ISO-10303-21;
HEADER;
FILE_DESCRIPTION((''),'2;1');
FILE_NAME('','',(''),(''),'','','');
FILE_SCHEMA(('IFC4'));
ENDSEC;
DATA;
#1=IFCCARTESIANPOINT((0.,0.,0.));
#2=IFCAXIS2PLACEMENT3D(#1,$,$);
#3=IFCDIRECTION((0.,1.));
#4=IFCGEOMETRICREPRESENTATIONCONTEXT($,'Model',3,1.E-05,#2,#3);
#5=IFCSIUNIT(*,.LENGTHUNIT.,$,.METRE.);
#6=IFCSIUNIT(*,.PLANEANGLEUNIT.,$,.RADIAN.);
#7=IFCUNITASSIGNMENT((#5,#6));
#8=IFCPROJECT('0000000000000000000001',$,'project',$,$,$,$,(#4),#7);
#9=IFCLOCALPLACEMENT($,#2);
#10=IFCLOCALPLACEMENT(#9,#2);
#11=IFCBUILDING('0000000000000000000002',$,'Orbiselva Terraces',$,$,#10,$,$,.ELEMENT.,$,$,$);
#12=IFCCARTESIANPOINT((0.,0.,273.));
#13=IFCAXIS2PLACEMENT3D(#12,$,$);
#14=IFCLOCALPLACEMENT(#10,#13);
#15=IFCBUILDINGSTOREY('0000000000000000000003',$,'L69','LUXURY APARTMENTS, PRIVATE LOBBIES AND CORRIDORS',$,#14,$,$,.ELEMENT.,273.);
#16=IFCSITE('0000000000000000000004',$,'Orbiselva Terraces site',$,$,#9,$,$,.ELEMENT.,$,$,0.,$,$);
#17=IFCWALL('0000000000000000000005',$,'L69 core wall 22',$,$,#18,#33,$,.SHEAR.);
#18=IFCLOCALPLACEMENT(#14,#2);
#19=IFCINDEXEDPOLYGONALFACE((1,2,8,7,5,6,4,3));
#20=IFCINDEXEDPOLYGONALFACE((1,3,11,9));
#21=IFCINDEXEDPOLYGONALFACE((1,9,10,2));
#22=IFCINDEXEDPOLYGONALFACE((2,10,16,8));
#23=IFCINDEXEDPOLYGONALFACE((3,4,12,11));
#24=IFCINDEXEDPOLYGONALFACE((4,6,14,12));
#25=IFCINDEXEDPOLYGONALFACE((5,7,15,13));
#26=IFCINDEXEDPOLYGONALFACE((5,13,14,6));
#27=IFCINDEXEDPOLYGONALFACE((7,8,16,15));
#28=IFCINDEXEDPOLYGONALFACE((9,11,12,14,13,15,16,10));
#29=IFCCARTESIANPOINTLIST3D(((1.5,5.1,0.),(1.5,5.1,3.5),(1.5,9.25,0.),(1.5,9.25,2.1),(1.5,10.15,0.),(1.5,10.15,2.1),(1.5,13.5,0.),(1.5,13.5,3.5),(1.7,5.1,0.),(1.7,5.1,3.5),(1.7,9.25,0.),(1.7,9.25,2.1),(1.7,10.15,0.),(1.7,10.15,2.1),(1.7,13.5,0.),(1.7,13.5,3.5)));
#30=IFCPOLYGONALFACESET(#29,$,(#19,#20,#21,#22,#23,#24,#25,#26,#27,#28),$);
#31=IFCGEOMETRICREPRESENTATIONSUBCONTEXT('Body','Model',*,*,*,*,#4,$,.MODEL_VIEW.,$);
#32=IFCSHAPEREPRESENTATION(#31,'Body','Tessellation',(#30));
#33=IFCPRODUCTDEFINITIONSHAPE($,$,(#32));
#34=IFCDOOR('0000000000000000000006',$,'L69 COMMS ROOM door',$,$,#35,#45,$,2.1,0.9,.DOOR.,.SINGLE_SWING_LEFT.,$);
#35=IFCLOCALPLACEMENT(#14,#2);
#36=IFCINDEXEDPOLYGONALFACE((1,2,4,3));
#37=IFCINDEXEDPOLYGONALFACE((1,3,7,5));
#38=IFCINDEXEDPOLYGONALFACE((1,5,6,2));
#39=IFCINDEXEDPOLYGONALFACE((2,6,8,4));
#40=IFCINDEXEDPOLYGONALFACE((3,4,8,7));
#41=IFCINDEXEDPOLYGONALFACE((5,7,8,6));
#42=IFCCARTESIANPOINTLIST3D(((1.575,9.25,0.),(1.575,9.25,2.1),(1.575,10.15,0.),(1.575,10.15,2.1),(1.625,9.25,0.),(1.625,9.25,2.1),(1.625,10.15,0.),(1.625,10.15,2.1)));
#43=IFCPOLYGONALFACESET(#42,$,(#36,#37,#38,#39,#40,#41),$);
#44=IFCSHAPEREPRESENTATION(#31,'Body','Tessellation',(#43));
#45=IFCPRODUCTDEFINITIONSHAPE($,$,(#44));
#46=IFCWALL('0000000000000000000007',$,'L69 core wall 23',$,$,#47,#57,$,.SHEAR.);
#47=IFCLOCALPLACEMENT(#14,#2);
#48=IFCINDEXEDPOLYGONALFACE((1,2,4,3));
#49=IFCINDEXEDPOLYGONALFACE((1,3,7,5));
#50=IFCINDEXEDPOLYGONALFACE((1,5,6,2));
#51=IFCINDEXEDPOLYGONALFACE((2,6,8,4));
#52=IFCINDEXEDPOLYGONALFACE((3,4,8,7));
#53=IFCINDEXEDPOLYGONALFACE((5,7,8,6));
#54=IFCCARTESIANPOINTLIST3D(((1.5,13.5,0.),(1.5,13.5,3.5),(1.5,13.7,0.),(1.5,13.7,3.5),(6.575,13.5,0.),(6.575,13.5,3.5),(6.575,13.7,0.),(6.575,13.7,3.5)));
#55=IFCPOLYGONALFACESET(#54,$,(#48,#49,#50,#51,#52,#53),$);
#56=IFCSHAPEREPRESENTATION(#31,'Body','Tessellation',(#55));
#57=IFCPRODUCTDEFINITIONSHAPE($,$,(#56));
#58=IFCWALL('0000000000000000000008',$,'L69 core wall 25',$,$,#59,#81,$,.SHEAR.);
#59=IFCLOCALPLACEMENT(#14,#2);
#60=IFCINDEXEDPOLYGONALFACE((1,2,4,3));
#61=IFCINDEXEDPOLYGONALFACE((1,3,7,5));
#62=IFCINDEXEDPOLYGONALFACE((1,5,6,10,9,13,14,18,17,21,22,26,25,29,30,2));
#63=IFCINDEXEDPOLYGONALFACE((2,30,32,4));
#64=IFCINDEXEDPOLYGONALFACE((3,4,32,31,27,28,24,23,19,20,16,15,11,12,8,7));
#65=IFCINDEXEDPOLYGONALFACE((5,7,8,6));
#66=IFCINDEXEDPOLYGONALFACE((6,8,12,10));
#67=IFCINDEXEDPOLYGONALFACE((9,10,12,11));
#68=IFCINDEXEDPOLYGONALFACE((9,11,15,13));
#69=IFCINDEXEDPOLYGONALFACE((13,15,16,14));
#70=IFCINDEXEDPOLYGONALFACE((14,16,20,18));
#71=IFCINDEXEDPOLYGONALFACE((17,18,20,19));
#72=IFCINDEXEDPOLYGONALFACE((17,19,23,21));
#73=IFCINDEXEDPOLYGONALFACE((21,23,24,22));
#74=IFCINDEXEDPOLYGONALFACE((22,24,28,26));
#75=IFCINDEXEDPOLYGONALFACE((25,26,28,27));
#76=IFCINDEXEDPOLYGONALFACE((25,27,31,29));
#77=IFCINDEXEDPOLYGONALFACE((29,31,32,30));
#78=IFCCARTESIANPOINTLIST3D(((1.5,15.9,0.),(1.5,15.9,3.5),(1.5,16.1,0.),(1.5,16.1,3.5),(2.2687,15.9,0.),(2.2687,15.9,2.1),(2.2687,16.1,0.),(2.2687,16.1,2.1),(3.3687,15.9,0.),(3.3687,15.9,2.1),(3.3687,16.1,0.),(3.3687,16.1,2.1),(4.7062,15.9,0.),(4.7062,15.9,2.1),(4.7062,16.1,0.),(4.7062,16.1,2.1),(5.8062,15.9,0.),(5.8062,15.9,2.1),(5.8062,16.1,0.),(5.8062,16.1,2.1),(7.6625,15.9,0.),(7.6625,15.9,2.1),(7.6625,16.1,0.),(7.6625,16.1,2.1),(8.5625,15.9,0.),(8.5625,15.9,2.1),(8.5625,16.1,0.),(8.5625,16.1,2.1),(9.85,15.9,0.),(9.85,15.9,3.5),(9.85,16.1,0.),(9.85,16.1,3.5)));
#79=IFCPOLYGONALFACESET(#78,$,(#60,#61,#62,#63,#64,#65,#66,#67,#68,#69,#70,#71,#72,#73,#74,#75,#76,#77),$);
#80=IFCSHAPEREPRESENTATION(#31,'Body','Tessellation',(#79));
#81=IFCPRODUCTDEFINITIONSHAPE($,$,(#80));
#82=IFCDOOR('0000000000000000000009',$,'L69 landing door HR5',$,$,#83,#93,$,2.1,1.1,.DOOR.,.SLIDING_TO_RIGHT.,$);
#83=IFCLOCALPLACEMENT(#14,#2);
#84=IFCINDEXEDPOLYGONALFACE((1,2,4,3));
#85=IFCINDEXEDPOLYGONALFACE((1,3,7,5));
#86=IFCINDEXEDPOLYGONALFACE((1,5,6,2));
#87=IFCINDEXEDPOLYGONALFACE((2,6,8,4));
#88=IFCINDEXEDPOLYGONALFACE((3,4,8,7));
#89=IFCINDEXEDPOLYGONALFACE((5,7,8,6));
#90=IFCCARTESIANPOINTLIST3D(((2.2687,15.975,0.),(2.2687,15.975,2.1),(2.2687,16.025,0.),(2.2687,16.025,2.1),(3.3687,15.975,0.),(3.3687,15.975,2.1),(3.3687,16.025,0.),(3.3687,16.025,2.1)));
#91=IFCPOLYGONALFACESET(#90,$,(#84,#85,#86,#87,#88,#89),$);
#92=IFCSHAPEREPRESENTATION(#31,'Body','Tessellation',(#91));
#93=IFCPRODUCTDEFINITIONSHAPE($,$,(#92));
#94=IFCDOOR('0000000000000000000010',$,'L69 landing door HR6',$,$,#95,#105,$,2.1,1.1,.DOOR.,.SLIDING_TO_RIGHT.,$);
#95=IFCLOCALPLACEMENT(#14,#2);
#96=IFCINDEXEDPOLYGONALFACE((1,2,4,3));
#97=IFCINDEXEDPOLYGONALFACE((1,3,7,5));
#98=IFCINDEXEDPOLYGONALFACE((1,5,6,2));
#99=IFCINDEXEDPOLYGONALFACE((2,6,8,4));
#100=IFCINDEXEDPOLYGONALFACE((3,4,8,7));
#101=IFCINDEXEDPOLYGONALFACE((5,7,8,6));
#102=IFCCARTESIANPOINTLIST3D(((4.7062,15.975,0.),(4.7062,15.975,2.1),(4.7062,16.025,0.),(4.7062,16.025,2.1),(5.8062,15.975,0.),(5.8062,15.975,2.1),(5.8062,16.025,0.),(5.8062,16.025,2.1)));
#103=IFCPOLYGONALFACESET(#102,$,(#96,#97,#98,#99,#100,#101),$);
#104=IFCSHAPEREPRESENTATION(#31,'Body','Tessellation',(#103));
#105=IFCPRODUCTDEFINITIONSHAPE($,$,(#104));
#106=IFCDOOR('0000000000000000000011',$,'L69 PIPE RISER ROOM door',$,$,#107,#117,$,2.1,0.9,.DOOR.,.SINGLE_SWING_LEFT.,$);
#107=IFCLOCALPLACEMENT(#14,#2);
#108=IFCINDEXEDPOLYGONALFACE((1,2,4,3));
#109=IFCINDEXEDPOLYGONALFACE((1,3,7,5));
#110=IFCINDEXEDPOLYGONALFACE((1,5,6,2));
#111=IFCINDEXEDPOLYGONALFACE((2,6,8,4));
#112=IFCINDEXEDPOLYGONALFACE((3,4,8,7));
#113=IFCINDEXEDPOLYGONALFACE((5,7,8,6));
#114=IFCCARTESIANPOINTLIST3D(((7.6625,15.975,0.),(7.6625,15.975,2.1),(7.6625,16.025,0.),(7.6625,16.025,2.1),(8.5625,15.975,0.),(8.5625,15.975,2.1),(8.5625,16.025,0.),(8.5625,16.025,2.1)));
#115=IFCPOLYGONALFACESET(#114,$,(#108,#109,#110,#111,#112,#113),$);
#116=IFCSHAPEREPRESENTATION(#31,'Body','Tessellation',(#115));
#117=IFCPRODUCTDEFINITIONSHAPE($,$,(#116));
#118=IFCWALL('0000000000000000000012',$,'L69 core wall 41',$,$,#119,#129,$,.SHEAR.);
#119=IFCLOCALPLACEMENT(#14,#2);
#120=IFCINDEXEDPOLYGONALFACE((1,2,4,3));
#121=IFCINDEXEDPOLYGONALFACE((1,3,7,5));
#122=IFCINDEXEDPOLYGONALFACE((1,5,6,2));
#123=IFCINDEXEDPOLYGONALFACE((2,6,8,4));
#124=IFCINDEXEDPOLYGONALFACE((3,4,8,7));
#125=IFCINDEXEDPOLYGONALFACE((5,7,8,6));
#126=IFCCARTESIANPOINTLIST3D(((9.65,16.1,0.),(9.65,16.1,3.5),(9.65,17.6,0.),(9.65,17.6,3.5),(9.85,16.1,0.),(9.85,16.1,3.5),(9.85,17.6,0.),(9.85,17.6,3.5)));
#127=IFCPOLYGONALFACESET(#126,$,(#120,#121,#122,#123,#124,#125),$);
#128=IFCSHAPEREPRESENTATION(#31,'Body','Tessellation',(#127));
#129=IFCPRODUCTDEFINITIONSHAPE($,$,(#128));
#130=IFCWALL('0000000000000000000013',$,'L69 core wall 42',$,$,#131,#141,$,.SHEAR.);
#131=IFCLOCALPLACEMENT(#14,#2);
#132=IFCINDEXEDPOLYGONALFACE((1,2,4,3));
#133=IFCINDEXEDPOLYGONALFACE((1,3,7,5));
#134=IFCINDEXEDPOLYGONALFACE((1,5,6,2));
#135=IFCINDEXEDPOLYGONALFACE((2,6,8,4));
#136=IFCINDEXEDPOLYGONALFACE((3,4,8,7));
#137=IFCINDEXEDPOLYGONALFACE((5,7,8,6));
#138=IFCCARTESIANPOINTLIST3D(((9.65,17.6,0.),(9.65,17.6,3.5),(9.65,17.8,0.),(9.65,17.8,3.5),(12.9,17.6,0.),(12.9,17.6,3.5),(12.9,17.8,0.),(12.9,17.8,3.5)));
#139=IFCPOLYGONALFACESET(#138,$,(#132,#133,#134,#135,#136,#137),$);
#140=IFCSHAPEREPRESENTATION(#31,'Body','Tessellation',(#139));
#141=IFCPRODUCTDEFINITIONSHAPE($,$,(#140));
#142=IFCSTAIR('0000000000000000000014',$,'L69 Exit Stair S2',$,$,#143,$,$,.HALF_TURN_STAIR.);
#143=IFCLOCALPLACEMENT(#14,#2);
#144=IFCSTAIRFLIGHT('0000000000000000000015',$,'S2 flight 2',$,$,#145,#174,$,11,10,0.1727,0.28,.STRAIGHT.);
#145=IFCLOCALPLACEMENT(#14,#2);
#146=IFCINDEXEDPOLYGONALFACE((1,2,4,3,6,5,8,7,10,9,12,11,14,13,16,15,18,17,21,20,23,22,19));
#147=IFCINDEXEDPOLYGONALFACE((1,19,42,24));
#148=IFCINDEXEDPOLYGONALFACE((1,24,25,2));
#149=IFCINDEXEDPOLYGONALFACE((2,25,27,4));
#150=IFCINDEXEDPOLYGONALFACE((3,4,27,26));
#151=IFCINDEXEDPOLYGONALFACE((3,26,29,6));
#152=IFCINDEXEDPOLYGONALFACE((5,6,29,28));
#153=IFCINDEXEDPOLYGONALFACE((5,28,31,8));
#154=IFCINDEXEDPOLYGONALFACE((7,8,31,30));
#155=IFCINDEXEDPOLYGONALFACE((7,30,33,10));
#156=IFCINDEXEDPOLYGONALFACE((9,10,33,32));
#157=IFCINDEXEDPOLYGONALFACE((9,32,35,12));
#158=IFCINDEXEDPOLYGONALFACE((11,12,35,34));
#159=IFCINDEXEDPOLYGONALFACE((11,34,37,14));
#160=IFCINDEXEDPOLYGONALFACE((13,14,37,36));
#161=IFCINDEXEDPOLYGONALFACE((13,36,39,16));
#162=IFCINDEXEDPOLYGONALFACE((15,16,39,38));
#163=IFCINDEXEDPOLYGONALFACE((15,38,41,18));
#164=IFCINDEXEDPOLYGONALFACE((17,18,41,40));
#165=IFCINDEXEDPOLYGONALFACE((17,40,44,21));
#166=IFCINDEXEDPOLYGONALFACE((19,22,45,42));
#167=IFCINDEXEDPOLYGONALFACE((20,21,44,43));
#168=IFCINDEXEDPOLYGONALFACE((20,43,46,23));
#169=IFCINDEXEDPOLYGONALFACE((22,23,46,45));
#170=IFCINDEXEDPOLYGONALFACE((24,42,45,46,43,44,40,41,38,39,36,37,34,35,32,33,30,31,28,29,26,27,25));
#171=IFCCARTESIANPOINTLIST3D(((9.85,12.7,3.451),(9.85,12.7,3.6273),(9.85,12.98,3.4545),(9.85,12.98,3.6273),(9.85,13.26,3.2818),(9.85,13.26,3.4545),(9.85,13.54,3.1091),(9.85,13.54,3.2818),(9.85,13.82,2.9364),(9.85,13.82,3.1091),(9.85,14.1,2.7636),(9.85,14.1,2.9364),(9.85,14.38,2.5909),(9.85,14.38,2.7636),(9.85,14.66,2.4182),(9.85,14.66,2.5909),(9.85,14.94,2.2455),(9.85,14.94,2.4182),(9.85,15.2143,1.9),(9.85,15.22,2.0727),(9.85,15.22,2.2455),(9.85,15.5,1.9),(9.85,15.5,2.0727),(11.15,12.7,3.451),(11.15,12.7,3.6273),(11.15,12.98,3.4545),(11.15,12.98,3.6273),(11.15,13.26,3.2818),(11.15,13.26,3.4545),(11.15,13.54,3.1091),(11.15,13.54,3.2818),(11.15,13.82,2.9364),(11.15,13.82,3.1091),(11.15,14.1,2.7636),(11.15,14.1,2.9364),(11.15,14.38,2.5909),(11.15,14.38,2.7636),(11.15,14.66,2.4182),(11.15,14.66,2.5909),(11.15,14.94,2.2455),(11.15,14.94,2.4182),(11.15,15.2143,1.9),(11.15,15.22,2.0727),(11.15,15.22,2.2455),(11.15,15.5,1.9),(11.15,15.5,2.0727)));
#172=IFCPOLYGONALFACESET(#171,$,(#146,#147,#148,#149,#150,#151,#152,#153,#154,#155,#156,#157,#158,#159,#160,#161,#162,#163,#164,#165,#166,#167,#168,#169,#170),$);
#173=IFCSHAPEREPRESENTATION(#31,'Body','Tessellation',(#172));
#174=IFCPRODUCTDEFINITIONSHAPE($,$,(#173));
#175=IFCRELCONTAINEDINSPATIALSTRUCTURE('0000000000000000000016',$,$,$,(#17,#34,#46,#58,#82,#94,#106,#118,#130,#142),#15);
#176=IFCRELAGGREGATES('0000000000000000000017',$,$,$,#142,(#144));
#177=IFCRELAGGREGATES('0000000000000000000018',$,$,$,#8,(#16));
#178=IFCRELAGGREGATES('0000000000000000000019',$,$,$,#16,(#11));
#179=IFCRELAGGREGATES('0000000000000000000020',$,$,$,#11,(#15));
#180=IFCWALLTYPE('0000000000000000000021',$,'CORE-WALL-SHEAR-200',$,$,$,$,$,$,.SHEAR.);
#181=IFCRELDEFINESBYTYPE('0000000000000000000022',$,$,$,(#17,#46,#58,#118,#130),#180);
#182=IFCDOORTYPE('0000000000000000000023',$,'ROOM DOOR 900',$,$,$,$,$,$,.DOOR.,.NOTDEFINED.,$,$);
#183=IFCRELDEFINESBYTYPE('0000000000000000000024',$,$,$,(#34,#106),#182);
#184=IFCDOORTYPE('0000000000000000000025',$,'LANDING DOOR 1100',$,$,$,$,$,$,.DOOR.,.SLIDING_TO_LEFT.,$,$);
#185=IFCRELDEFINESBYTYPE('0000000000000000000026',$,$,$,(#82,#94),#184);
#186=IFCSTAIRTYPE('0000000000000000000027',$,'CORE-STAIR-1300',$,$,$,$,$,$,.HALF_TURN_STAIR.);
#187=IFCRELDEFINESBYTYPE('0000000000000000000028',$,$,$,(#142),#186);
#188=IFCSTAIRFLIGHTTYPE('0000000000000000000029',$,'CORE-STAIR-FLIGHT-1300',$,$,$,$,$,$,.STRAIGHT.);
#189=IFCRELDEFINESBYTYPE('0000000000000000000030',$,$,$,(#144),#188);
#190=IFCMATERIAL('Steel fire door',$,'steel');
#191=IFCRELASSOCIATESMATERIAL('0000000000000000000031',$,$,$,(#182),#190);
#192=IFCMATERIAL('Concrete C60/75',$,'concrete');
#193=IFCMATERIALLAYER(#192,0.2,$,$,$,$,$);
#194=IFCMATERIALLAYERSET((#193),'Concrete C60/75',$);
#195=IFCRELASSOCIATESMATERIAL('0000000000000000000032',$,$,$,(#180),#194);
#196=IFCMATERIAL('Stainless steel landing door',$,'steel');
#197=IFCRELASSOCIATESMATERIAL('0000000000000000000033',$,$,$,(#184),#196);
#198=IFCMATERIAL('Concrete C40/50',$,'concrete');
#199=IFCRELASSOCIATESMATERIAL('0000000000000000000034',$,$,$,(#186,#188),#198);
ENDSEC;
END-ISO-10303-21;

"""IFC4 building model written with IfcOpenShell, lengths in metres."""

from ifc_helpers import new_model, si_unit, direction, frame, frame_2d, origin, place, context, subcontext, project, spatial, polyline, rectangle, outline, extrude, material, layer, layer_set, type_object, element, fill, aggregate, save


model = new_model("IFC4")

# Units and contexts
model_context = context("Model", 3, precision=1e-05, world=origin(), true_north=direction((0.0, 1.0)))
body_context = subcontext(model_context, "Body", "Model", "MODEL_VIEW")
ifc_project = project(units=[si_unit("LENGTHUNIT", "METRE"), si_unit("PLANEANGLEUNIT", "RADIAN")], contexts=[model_context])

# Site, building, storey
site_placement = place(None, origin())
site = spatial("IfcSite", under=ifc_project, at=site_placement, Name="Orbiselva Terraces site", CompositionType="ELEMENT", RefElevation=0.0)
building_placement = place(site_placement, origin())
building = spatial("IfcBuilding", under=site, at=building_placement, Name="Orbiselva Terraces", CompositionType="ELEMENT")
storey_placement = place(building_placement, frame((0.0, 0.0, 273.0)))
storey = spatial("IfcBuildingStorey", under=building, at=storey_placement, Name="L69", Description="LUXURY APARTMENTS, PRIVATE LOBBIES AND CORRIDORS", CompositionType="ELEMENT", Elevation=273.0)

# Shared definitions
ifc_material_1 = material(Name="Steel fire door", Category="steel")
door_type_1 = type_object("IfcDoorType", Name="ROOM DOOR 900", OperationType="NOTDEFINED", PredefinedType="DOOR", material=ifc_material_1)

# Shared definitions
ifc_material_2 = material(Name="Concrete C40/50", Category="concrete")

# Wall, opening, door
ifc_material_3 = material(Name="Concrete C60/75", Category="concrete")
ifc_layer_1 = layer(ifc_material_3, 0.2)
ifc_layer_set_1 = layer_set([ifc_layer_1], Name="Concrete C60/75")
wall_type_1 = type_object("IfcWallType", Name="CORE-WALL-SHEAR-200", PredefinedType="SHEAR", material=ifc_layer_set_1)
wall_1_placement = place(storey_placement, frame((1.6, 13.5, 0.0), z_axis=(0.0, 0.0, 1.0), x_axis=(0.0, -1.0, 0.0)))
wall_1 = element("IfcWall", 1, at=wall_1_placement, inside=storey, type_object=wall_type_1, Name="L69 core wall 22", PredefinedType="SHEAR", context=body_context, shape_type="SweptSolid", body=[
    extrude(rectangle(XDim=8.4, YDim=0.2, at=frame_2d((4.2, 0.0))), origin(), (0.0, 0.0, 1.0), 3.5),
])
opening_1_placement = place(wall_1_placement, frame((3.35, 0.0, 0.0)))
opening_1 = element("IfcOpeningElement", 2, at=opening_1_placement, cuts=wall_1, PredefinedType="OPENING", context=body_context, shape_type="SweptSolid", body=[
    extrude(rectangle(XDim=0.9, YDim=2.1, at=frame_2d((0.45, 1.05))), frame((0.0, 0.11, 0.0), z_axis=(0.0, -1.0, 0.0), x_axis=(1.0, 0.0, 0.0)), (0.0, 0.0, 1.0), 0.22),
])
door_1_placement = place(opening_1_placement, origin())
door_1 = element("IfcDoor", 3, at=door_1_placement, inside=storey, type_object=door_type_1, Name="L69 COMMS ROOM door", OperationType="SINGLE_SWING_LEFT", OverallHeight=2.1, OverallWidth=0.9, PredefinedType="DOOR", context=body_context, shape_type="SweptSolid", body=[
    extrude(rectangle(XDim=0.9, YDim=2.1, at=frame_2d((0.45, 1.05))), frame((0.0, 0.025, 0.0), z_axis=(0.0, -1.0, 0.0), x_axis=(1.0, 0.0, 0.0)), (0.0, 0.0, 1.0), 0.05),
])
fill(opening_1, door_1)

# Wall
wall_2_placement = place(storey_placement, frame((1.5, 13.6, 0.0), z_axis=(0.0, 0.0, 1.0), x_axis=(1.0, 0.0, 0.0)))
element("IfcWall", 4, at=wall_2_placement, inside=storey, type_object=wall_type_1, Name="L69 core wall 23", PredefinedType="SHEAR", context=body_context, shape_type="SweptSolid", body=[
    extrude(rectangle(XDim=5.075, YDim=0.2, at=frame_2d((2.5375, 0.0))), origin(), (0.0, 0.0, 1.0), 3.5),
])

# Wall, openings, doors
wall_3_placement = place(storey_placement, frame((9.85, 16.0, 0.0), z_axis=(0.0, 0.0, 1.0), x_axis=(-1.0, 0.0, 0.0)))
wall_3 = element("IfcWall", 5, at=wall_3_placement, inside=storey, type_object=wall_type_1, Name="L69 core wall 25", PredefinedType="SHEAR", context=body_context, shape_type="SweptSolid", body=[
    extrude(rectangle(XDim=8.35, YDim=0.2, at=frame_2d((4.175, 0.0))), origin(), (0.0, 0.0, 1.0), 3.5),
])
opening_2_placement = place(wall_3_placement, frame((6.4813, 0.0, 0.0)))
opening_2 = element("IfcOpeningElement", 6, at=opening_2_placement, cuts=wall_3, PredefinedType="OPENING", context=body_context, shape_type="SweptSolid", body=[
    extrude(rectangle(XDim=1.1, YDim=2.1, at=frame_2d((0.55, 1.05))), frame((0.0, 0.11, 0.0), z_axis=(0.0, -1.0, 0.0), x_axis=(1.0, 0.0, 0.0)), (0.0, 0.0, 1.0), 0.22),
])
opening_3_placement = place(wall_3_placement, frame((4.0438, 0.0, 0.0)))
opening_3 = element("IfcOpeningElement", 7, at=opening_3_placement, cuts=wall_3, PredefinedType="OPENING", context=body_context, shape_type="SweptSolid", body=[
    extrude(rectangle(XDim=1.1, YDim=2.1, at=frame_2d((0.55, 1.05))), frame((0.0, 0.11, 0.0), z_axis=(0.0, -1.0, 0.0), x_axis=(1.0, 0.0, 0.0)), (0.0, 0.0, 1.0), 0.22),
])
opening_4_placement = place(wall_3_placement, frame((1.2875, 0.0, 0.0)))
opening_4 = element("IfcOpeningElement", 8, at=opening_4_placement, cuts=wall_3, PredefinedType="OPENING", context=body_context, shape_type="SweptSolid", body=[
    extrude(rectangle(XDim=0.9, YDim=2.1, at=frame_2d((0.45, 1.05))), frame((0.0, 0.11, 0.0), z_axis=(0.0, -1.0, 0.0), x_axis=(1.0, 0.0, 0.0)), (0.0, 0.0, 1.0), 0.22),
])
ifc_material_4 = material(Name="Stainless steel landing door", Category="steel")
door_type_2 = type_object("IfcDoorType", Name="LANDING DOOR 1100", OperationType="SLIDING_TO_LEFT", PredefinedType="DOOR", material=ifc_material_4)
door_2_placement = place(opening_2_placement, origin())
door_2 = element("IfcDoor", 9, at=door_2_placement, inside=storey, type_object=door_type_2, Name="L69 landing door HR5", OperationType="SLIDING_TO_RIGHT", OverallHeight=2.1, OverallWidth=1.1, PredefinedType="DOOR", context=body_context, shape_type="SweptSolid", body=[
    extrude(rectangle(XDim=1.1, YDim=2.1, at=frame_2d((0.55, 1.05))), frame((0.0, 0.025, 0.0), z_axis=(0.0, -1.0, 0.0), x_axis=(1.0, 0.0, 0.0)), (0.0, 0.0, 1.0), 0.05),
])
fill(opening_2, door_2)
door_3_placement = place(opening_3_placement, origin())
door_3 = element("IfcDoor", 10, at=door_3_placement, inside=storey, type_object=door_type_2, Name="L69 landing door HR6", OperationType="SLIDING_TO_RIGHT", OverallHeight=2.1, OverallWidth=1.1, PredefinedType="DOOR", context=body_context, shape_type="SweptSolid", body=[
    extrude(rectangle(XDim=1.1, YDim=2.1, at=frame_2d((0.55, 1.05))), frame((0.0, 0.025, 0.0), z_axis=(0.0, -1.0, 0.0), x_axis=(1.0, 0.0, 0.0)), (0.0, 0.0, 1.0), 0.05),
])
fill(opening_3, door_3)
door_4_placement = place(opening_4_placement, origin())
door_4 = element("IfcDoor", 11, at=door_4_placement, inside=storey, type_object=door_type_1, Name="L69 PIPE RISER ROOM door", OperationType="SINGLE_SWING_LEFT", OverallHeight=2.1, OverallWidth=0.9, PredefinedType="DOOR", context=body_context, shape_type="SweptSolid", body=[
    extrude(rectangle(XDim=0.9, YDim=2.1, at=frame_2d((0.45, 1.05))), frame((0.0, 0.025, 0.0), z_axis=(0.0, -1.0, 0.0), x_axis=(1.0, 0.0, 0.0)), (0.0, 0.0, 1.0), 0.05),
])
fill(opening_4, door_4)

# Walls
wall_4_placement = place(storey_placement, frame((9.75, 16.1, 0.0), z_axis=(0.0, 0.0, 1.0), x_axis=(0.0, 1.0, 0.0)))
element("IfcWall", 12, at=wall_4_placement, inside=storey, type_object=wall_type_1, Name="L69 core wall 41", PredefinedType="SHEAR", context=body_context, shape_type="SweptSolid", body=[
    extrude(rectangle(XDim=1.5, YDim=0.2, at=frame_2d((0.75, 0.0))), origin(), (0.0, 0.0, 1.0), 3.5),
])
wall_5_placement = place(storey_placement, frame((9.65, 17.7, 0.0), z_axis=(0.0, 0.0, 1.0), x_axis=(1.0, 0.0, 0.0)))
element("IfcWall", 13, at=wall_5_placement, inside=storey, type_object=wall_type_1, Name="L69 core wall 42", PredefinedType="SHEAR", context=body_context, shape_type="SweptSolid", body=[
    extrude(rectangle(XDim=3.25, YDim=0.2, at=frame_2d((1.625, 0.0))), origin(), (0.0, 0.0, 1.0), 3.5),
])

# Stair, stair flight
stair_type = type_object("IfcStairType", Name="CORE-STAIR-1300", PredefinedType="HALF_TURN_STAIR", material=ifc_material_2)
stair_placement = place(storey_placement, origin())
stair = element("IfcStair", 14, at=stair_placement, inside=storey, type_object=stair_type, Name="L69 Exit Stair S2", PredefinedType="HALF_TURN_STAIR")
stair_flight_type = type_object("IfcStairFlightType", Name="CORE-STAIR-FLIGHT-1300", PredefinedType="STRAIGHT", material=ifc_material_2)
stair_flight_placement = place(storey_placement, frame((10.5, 15.5, 1.9), z_axis=(0.0, 0.0, 1.0), x_axis=(0.0, -1.0, 0.0)))
stair_flight = element("IfcStairFlight", 15, at=stair_flight_placement, type_object=stair_flight_type, Name="S2 flight 2", NumberOfRisers=11, NumberOfTreads=10, PredefinedType="STRAIGHT", RiserHeight=0.1727, TreadLength=0.28, context=body_context, shape_type="SweptSolid", body=[
    extrude(outline(polyline([(0.0, 0.0), (0.0, 0.1727), (0.28, 0.1727), (0.28, 0.3455), (0.56, 0.3455), (0.56, 0.5182), (0.84, 0.5182), (0.84, 0.6909), (1.12, 0.6909), (1.12, 0.8636), (1.4, 0.8636), (1.4, 1.0364), (1.68, 1.0364), (1.68, 1.2091), (1.96, 1.2091), (1.96, 1.3818), (2.24, 1.3818), (2.24, 1.5545), (2.52, 1.5545), (2.52, 1.7273), (2.8, 1.7273), (2.8, 1.9), (2.8, 1.551), (0.2857, 0.0), (0.0, 0.0)])), frame((0.0, 0.65, 0.0), z_axis=(0.0, -1.0, 0.0), x_axis=(1.0, 0.0, 0.0)), (0.0, 0.0, 1.0), 1.3),
])
aggregate(stair, [stair_flight])

save(model, "model.ifc")
